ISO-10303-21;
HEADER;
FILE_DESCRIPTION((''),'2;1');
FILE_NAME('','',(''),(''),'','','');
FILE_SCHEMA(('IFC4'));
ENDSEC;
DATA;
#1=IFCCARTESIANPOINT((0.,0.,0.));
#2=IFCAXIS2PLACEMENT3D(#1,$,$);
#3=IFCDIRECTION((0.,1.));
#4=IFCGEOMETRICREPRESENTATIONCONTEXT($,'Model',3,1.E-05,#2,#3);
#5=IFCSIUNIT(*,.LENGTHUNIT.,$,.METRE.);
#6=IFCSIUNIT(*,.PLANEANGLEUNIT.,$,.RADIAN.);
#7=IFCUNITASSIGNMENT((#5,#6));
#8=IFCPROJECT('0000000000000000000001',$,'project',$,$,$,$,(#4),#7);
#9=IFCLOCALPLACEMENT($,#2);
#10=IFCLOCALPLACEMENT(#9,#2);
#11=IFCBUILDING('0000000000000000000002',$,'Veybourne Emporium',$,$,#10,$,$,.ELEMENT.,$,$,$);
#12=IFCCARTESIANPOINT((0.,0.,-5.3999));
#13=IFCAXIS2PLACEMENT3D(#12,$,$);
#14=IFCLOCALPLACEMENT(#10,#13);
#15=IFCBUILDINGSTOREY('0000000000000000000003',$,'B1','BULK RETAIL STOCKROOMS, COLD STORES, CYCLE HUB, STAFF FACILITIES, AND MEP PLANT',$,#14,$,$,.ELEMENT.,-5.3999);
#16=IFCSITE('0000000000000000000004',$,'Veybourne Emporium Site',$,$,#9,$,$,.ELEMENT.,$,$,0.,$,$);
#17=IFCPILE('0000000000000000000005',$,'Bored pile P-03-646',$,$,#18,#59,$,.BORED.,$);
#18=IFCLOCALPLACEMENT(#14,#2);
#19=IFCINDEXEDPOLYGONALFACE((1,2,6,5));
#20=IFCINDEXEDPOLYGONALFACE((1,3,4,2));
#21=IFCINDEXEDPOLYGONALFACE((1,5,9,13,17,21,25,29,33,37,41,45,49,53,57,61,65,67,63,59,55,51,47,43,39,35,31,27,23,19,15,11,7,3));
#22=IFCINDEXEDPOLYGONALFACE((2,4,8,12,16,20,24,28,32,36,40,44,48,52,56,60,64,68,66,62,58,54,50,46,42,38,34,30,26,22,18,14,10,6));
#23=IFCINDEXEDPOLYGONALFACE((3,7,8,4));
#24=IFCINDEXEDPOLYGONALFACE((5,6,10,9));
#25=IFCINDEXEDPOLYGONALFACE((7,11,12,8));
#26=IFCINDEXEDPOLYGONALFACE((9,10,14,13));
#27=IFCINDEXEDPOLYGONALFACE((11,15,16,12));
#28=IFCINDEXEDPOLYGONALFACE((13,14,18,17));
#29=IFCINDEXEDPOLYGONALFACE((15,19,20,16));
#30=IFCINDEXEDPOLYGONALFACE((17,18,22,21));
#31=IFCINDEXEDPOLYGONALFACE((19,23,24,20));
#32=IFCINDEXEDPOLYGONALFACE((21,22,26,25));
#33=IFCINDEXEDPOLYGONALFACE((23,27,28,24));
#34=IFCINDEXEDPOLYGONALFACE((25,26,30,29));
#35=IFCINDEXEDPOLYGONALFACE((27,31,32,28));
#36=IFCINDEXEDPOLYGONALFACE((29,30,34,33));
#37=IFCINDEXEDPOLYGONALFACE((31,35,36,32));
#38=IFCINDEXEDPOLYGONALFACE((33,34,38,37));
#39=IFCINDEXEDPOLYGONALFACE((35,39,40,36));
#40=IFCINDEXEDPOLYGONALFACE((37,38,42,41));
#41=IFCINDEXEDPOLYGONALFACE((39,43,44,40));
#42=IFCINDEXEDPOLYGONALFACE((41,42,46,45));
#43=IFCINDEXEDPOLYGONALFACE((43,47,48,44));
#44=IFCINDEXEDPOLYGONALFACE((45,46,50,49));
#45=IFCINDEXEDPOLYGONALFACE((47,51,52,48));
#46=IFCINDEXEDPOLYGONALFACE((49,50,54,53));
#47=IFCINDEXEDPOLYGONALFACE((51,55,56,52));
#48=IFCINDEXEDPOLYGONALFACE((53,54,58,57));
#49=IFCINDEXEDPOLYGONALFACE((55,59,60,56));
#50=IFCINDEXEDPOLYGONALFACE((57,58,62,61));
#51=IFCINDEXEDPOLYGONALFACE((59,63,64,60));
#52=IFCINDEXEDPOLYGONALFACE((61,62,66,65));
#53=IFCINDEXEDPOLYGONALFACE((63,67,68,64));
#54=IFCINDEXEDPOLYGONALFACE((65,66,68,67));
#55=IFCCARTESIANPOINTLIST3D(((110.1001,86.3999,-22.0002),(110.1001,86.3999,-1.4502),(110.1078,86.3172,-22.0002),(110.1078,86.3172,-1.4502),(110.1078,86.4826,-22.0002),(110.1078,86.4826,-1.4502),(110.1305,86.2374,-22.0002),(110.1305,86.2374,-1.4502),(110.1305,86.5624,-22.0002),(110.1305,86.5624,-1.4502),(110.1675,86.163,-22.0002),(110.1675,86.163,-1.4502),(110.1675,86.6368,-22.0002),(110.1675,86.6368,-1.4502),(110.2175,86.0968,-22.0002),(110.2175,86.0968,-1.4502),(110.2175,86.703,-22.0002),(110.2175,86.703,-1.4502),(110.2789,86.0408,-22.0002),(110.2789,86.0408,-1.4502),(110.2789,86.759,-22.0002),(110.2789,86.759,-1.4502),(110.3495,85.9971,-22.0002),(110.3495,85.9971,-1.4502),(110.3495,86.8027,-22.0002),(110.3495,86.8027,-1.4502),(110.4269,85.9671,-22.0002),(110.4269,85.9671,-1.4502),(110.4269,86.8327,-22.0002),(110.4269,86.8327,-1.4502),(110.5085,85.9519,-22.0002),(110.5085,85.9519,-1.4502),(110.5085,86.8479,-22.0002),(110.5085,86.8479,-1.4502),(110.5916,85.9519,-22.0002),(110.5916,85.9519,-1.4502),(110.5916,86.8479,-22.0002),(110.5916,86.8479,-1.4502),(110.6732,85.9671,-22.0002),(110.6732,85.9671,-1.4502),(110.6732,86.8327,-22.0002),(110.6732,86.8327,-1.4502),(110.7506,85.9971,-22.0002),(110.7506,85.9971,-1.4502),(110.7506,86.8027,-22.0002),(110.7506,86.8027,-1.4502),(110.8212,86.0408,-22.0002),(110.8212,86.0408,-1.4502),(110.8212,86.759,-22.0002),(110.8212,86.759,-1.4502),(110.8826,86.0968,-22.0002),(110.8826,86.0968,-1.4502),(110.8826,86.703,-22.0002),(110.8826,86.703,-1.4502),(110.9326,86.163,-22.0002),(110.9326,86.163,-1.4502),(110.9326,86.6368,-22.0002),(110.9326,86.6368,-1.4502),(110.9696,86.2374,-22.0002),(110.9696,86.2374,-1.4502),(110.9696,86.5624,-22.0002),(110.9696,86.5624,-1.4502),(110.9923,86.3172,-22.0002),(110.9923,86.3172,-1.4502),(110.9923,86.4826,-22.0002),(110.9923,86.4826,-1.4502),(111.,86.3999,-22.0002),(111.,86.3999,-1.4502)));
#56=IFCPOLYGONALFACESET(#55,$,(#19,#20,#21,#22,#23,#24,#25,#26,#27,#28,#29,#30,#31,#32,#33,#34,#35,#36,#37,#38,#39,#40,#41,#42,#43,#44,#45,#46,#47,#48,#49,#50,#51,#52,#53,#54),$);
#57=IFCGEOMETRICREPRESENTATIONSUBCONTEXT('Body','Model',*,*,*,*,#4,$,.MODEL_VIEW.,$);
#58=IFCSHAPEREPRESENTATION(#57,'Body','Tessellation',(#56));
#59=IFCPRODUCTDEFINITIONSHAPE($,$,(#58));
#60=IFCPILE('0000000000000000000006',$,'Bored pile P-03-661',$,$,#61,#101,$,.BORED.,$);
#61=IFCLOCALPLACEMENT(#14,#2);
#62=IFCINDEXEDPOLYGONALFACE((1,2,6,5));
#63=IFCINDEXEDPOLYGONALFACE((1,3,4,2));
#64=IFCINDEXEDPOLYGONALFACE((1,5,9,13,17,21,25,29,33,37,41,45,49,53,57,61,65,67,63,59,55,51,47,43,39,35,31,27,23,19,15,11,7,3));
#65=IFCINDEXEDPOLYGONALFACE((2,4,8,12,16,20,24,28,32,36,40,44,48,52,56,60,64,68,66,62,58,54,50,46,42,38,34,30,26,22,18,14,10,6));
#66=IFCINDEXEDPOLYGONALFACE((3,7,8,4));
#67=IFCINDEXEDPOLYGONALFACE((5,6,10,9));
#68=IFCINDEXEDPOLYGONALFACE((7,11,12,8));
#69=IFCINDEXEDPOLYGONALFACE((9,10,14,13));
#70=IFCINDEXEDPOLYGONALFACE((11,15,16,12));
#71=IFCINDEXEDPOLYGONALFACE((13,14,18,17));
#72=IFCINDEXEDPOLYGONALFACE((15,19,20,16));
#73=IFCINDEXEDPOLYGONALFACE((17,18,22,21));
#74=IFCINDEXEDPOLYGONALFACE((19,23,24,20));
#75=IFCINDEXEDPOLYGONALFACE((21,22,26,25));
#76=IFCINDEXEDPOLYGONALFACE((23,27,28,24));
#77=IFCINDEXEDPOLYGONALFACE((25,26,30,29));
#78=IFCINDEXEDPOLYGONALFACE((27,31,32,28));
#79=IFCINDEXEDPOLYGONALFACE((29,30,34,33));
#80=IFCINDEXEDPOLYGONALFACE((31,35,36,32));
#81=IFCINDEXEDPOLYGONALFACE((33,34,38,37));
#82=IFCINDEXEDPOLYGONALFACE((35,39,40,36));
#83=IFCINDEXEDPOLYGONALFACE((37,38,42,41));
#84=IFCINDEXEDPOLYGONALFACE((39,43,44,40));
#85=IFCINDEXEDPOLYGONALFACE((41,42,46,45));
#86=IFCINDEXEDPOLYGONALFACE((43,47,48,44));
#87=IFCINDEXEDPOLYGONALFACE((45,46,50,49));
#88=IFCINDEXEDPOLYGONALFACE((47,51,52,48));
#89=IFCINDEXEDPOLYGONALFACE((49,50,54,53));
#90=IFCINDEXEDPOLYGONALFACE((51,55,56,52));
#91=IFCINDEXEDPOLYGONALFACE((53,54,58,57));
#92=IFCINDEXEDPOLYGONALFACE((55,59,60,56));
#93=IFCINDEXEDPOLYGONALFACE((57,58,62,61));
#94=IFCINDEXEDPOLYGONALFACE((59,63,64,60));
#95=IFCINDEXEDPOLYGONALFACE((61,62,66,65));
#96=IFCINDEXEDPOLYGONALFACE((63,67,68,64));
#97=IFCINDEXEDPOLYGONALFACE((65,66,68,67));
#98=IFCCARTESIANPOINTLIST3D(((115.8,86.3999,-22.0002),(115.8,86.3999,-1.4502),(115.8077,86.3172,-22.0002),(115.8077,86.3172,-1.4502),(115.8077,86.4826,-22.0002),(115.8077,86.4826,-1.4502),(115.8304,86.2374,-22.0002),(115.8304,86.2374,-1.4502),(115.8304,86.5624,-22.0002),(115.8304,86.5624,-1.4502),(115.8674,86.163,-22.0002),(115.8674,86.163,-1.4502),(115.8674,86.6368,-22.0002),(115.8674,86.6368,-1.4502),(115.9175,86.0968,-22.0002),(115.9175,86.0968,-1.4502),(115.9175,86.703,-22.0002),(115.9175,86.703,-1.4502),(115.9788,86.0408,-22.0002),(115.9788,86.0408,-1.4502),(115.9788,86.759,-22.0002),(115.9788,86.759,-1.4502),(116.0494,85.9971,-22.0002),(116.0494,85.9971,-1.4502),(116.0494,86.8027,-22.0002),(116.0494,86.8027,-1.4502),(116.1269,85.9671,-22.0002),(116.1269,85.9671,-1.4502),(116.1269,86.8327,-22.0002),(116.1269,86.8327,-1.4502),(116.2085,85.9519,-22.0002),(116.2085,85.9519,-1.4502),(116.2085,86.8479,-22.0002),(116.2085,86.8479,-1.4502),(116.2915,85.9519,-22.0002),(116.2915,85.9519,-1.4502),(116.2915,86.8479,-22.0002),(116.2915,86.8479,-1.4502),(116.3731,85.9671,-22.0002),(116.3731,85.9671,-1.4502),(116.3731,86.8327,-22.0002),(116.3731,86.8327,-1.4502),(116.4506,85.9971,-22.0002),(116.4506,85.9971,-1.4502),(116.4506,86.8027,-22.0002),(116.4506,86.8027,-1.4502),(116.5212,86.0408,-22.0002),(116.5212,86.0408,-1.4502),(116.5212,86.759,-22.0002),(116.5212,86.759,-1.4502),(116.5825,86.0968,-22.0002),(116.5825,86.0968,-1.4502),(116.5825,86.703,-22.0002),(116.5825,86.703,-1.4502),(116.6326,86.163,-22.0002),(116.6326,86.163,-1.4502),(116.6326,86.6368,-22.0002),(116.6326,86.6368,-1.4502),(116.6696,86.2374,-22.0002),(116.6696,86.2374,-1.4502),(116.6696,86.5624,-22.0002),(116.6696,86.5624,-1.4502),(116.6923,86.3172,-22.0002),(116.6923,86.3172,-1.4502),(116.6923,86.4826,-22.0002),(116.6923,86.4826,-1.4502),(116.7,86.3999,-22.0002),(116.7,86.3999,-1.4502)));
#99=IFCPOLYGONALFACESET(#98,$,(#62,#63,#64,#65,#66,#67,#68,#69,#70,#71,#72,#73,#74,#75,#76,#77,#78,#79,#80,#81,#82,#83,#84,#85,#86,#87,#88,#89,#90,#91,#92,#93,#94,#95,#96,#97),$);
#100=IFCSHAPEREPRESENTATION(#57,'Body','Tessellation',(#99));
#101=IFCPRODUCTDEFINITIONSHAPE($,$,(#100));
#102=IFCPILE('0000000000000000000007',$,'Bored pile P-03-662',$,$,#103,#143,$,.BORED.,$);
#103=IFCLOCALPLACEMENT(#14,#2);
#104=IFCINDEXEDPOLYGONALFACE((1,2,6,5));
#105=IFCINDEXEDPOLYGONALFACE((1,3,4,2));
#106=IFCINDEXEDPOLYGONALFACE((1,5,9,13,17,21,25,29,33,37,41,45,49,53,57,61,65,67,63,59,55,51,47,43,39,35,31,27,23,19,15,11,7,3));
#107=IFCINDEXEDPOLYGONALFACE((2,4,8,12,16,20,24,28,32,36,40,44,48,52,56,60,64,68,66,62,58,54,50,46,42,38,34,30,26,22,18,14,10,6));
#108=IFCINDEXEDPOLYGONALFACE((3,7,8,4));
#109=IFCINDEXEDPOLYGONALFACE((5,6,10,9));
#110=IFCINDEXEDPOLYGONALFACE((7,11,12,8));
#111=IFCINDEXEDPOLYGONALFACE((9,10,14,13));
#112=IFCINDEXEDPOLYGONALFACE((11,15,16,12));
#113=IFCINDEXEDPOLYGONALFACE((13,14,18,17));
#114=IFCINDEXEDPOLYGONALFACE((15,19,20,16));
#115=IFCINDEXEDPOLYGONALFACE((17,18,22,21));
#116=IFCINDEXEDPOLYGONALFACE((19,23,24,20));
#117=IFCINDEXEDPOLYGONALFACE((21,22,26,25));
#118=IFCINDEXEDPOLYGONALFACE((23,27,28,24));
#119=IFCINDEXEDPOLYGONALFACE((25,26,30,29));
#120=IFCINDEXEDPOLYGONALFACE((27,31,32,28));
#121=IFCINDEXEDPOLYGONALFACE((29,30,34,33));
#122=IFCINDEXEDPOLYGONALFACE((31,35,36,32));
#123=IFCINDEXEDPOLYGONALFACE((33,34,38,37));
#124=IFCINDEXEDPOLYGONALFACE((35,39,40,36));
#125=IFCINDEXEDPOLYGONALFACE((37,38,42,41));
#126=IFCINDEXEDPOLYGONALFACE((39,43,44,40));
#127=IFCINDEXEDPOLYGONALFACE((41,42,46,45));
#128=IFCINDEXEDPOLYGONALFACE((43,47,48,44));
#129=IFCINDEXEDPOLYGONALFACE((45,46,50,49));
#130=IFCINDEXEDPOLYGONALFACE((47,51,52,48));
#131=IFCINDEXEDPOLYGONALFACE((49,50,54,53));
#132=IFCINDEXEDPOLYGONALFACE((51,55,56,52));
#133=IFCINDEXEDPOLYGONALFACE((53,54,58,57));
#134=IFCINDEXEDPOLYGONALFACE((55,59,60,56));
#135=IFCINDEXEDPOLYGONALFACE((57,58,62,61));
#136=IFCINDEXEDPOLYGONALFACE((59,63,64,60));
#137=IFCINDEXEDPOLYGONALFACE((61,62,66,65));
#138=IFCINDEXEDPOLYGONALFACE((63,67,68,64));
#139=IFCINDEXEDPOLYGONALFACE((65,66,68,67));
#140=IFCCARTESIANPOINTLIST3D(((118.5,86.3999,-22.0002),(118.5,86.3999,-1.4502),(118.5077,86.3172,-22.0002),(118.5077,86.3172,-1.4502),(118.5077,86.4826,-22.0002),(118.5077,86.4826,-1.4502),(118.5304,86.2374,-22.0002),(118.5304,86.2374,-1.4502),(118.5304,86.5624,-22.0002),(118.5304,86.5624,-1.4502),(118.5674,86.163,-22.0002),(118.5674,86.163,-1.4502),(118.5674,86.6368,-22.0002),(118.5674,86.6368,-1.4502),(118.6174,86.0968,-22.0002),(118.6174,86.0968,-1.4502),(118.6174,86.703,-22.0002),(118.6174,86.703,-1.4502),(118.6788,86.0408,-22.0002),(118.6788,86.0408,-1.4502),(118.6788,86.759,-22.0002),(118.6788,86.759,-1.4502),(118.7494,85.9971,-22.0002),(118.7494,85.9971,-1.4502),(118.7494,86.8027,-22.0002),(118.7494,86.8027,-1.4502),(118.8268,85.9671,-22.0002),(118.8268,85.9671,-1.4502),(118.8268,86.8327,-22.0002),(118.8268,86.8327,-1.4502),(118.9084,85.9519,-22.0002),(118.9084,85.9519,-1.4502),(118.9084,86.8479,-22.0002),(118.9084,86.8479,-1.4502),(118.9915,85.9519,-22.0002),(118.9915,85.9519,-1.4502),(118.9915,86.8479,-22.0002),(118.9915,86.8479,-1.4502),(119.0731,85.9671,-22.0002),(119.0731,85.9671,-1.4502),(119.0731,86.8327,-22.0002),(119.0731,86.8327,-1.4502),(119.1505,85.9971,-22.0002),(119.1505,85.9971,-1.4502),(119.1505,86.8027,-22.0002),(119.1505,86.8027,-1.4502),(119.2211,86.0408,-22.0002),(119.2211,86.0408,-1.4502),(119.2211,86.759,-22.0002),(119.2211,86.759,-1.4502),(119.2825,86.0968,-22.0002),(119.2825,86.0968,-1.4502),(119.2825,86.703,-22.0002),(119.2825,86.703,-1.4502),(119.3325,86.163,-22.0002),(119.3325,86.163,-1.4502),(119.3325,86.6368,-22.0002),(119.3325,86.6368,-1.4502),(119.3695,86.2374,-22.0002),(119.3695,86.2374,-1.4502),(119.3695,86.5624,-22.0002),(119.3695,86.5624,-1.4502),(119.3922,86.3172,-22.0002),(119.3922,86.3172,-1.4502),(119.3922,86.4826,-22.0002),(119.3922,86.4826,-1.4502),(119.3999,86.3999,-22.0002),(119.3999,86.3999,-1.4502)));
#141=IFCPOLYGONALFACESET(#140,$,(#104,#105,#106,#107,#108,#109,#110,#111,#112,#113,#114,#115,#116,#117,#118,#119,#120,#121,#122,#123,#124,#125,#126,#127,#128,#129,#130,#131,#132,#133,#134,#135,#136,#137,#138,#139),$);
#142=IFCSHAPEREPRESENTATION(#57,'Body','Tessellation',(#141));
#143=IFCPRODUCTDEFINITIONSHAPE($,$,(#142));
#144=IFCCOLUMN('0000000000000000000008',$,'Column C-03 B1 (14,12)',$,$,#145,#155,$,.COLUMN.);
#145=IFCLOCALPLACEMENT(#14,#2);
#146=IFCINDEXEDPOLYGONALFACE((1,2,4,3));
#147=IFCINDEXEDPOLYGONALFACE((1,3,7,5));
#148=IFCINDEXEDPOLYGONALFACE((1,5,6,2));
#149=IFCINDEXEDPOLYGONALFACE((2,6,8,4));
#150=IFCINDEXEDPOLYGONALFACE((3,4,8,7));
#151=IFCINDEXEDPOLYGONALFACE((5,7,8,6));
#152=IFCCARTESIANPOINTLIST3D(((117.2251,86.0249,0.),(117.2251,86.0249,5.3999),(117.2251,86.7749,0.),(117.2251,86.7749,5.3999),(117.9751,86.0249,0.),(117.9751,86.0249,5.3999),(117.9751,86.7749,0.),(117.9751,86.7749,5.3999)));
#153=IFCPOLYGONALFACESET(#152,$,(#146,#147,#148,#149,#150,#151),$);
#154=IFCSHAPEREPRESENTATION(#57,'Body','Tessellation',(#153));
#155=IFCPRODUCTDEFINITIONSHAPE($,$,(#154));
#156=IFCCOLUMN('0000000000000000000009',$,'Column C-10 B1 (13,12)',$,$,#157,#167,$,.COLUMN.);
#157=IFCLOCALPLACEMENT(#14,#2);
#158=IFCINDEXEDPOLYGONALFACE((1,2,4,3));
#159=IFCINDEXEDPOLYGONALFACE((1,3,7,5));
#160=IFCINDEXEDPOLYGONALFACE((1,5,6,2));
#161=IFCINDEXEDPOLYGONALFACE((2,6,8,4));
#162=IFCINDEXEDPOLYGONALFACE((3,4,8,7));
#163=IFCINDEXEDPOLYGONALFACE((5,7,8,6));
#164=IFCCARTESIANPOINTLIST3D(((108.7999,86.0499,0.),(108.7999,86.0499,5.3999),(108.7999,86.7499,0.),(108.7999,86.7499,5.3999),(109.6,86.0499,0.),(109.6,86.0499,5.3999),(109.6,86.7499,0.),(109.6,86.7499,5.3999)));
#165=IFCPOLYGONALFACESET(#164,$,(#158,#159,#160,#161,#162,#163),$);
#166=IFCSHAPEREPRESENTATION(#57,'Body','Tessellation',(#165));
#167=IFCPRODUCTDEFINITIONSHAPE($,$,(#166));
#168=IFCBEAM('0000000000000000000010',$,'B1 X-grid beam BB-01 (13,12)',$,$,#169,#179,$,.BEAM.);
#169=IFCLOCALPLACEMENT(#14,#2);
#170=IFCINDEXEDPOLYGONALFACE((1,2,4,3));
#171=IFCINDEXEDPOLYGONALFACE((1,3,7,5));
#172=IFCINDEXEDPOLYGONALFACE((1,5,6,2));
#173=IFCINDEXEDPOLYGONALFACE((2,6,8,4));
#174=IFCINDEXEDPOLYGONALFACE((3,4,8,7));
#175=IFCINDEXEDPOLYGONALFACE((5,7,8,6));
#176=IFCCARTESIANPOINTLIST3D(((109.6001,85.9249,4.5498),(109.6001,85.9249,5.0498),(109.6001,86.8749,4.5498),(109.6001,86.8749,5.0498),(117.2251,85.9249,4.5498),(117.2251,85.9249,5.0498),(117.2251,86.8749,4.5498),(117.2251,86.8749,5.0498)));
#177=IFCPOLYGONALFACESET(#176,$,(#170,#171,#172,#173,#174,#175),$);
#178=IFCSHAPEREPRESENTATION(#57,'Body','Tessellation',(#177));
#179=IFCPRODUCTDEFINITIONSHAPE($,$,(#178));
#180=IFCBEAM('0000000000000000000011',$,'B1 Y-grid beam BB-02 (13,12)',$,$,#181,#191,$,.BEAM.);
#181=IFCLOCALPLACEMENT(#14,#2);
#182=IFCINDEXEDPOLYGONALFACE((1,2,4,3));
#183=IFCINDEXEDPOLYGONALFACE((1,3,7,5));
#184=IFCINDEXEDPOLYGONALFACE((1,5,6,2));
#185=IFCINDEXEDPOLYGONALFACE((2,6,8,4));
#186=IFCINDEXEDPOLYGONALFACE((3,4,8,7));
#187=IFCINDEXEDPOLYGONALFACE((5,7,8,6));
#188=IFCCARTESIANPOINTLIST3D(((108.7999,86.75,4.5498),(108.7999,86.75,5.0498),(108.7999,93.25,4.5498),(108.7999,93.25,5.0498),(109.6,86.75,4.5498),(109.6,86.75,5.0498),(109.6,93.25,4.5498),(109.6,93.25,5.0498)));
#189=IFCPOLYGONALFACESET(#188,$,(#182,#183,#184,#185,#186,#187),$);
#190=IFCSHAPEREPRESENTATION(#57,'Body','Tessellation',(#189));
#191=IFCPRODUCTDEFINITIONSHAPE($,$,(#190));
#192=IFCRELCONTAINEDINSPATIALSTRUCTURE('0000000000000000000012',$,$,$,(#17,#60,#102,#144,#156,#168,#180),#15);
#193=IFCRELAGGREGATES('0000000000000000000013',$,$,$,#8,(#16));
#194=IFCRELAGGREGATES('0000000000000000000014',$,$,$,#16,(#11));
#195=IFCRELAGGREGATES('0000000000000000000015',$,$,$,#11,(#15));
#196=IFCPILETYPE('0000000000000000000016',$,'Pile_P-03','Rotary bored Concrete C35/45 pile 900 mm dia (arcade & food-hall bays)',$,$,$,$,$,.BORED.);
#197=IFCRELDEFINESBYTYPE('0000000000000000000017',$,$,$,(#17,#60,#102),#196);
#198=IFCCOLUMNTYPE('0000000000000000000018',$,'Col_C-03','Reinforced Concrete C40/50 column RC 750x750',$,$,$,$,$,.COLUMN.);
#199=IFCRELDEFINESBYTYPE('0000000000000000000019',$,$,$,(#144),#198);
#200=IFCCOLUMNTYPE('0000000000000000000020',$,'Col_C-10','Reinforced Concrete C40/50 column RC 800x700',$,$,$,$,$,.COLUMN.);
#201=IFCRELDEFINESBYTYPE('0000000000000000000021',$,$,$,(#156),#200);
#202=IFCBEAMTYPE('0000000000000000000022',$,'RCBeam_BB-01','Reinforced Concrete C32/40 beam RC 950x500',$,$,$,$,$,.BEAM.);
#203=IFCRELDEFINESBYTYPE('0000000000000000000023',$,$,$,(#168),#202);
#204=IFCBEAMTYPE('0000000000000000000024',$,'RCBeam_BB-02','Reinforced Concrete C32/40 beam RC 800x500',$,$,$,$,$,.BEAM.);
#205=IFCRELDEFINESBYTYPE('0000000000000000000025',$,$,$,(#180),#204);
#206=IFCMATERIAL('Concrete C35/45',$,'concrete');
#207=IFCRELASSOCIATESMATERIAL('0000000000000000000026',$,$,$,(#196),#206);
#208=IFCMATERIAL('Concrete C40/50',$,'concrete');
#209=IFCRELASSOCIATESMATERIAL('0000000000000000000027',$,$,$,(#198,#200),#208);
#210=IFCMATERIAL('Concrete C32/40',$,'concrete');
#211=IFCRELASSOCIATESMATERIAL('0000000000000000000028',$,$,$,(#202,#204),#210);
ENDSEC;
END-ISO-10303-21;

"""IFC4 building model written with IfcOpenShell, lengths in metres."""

from ifc_helpers import new_model, si_unit, direction, frame, origin, origin_2d, place, context, subcontext, project, spatial, rectangle, circle, extrude, material, material_profile, profile_set, type_object, element, save


model = new_model("IFC4")

# Units and contexts
model_context = context("Model", 3, precision=1e-05, world=origin(), true_north=direction((0.0, 1.0)))
body_context = subcontext(model_context, "Body", "Model", "MODEL_VIEW")
ifc_project = project(units=[si_unit("LENGTHUNIT", "METRE"), si_unit("PLANEANGLEUNIT", "RADIAN")], contexts=[model_context])

# Site, building, storey
site_placement = place(None, origin())
site = spatial("IfcSite", under=ifc_project, at=site_placement, Name="Veybourne Emporium Site", CompositionType="ELEMENT", RefElevation=0.0)
building_placement = place(site_placement, origin())
building = spatial("IfcBuilding", under=site, at=building_placement, Name="Veybourne Emporium", CompositionType="ELEMENT")
storey_placement = place(building_placement, frame((0.0, 0.0, -5.3999)))
storey = spatial("IfcBuildingStorey", under=building, at=storey_placement, Name="B1", Description="BULK RETAIL STOCKROOMS, COLD STORES, CYCLE HUB, STAFF FACILITIES, AND MEP PLANT", CompositionType="ELEMENT", Elevation=-5.3999)

# Shared definitions
ifc_material_1 = material(Name="Concrete C35/45", Category="concrete")

# Piles
ifc_material_profile_1 = material_profile(ifc_material_1, circle(Radius=0.45, at=origin_2d()), Name="BORED PILE 900")
ifc_profile_set_1 = profile_set([ifc_material_profile_1], Name="Concrete C35/45")
pile_type = type_object("IfcPileType", Name="Pile_P-03", Description="Rotary bored Concrete C35/45 pile 900 mm dia (arcade & food-hall bays)", PredefinedType="BORED", material=ifc_profile_set_1)
for number, where, z_axis, x_axis, name in (
    (1, (110.55, 86.3999, -1.4502), (0.0, 0.0, -1.0), (1.0, 0.0, 0.0), "Bored pile P-03-646"),
    (2, (116.25, 86.3999, -1.4502), (0.0, 0.0, -1.0), (1.0, 0.0, 0.0), "Bored pile P-03-661"),
    (3, (118.95, 86.3999, -1.4502), (0.0, 0.0, -1.0), (1.0, 0.0, 0.0), "Bored pile P-03-662"),
):
    element("IfcPile", number, at=place(storey_placement, frame(where, z_axis=z_axis, x_axis=x_axis)), inside=storey, type_object=pile_type, Name=name, PredefinedType="BORED", context=body_context, shape_type="SweptSolid", body=[
        extrude(circle(Radius=0.45, at=origin_2d()), origin(), (0.0, 0.0, 1.0), 20.55),
    ])

# Columns
ifc_material_2 = material(Name="Concrete C40/50", Category="concrete")
ifc_material_profile_2 = material_profile(ifc_material_2, rectangle(XDim=0.75, YDim=0.75, at=origin_2d()), Name="RC 750x750")
ifc_profile_set_2 = profile_set([ifc_material_profile_2], Name="Concrete C40/50")
column_type_1 = type_object("IfcColumnType", Name="Col_C-03", Description="Reinforced Concrete C40/50 column RC 750x750", PredefinedType="COLUMN", material=ifc_profile_set_2)
column_1_placement = place(storey_placement, frame((117.6001, 86.3999, 0.0), z_axis=(0.0, 0.0, 1.0), x_axis=(1.0, 0.0, 0.0)))
element("IfcColumn", 4, at=column_1_placement, inside=storey, type_object=column_type_1, Name="Column C-03 B1 (14,12)", PredefinedType="COLUMN", context=body_context, shape_type="SweptSolid", body=[
    extrude(rectangle(XDim=0.75, YDim=0.75, at=origin_2d()), origin(), (0.0, 0.0, 1.0), 5.3999),
])
ifc_material_profile_3 = material_profile(ifc_material_2, rectangle(XDim=0.8, YDim=0.7, at=origin_2d()), Name="RC 800x700")
ifc_profile_set_3 = profile_set([ifc_material_profile_3], Name="Concrete C40/50")
column_type_2 = type_object("IfcColumnType", Name="Col_C-10", Description="Reinforced Concrete C40/50 column RC 800x700", PredefinedType="COLUMN", material=ifc_profile_set_3)
column_2_placement = place(storey_placement, frame((109.2, 86.3999, 0.0), z_axis=(0.0, 0.0, 1.0), x_axis=(1.0, 0.0, 0.0)))
element("IfcColumn", 5, at=column_2_placement, inside=storey, type_object=column_type_2, Name="Column C-10 B1 (13,12)", PredefinedType="COLUMN", context=body_context, shape_type="SweptSolid", body=[
    extrude(rectangle(XDim=0.8, YDim=0.7, at=origin_2d()), origin(), (0.0, 0.0, 1.0), 5.3999),
])

# Beams
ifc_material_3 = material(Name="Concrete C32/40", Category="concrete")
ifc_material_profile_4 = material_profile(ifc_material_3, rectangle(XDim=0.95, YDim=0.5, at=origin_2d()), Name="RC 950x500")
ifc_profile_set_4 = profile_set([ifc_material_profile_4], Name="Concrete C32/40")
beam_type_1 = type_object("IfcBeamType", Name="RCBeam_BB-01", Description="Reinforced Concrete C32/40 beam RC 950x500", PredefinedType="BEAM", material=ifc_profile_set_4)
beam_1_placement = place(storey_placement, frame((109.6001, 86.3999, 4.7998), z_axis=(1.0, 0.0, 0.0), x_axis=(0.0, 1.0, 0.0)))
element("IfcBeam", 6, at=beam_1_placement, inside=storey, type_object=beam_type_1, Name="B1 X-grid beam BB-01 (13,12)", PredefinedType="BEAM", context=body_context, shape_type="SweptSolid", body=[
    extrude(rectangle(XDim=0.95, YDim=0.5, at=origin_2d()), origin(), (0.0, 0.0, 1.0), 7.625),
])
ifc_material_profile_5 = material_profile(ifc_material_3, rectangle(XDim=0.8, YDim=0.5, at=origin_2d()), Name="RC 800x500")
ifc_profile_set_5 = profile_set([ifc_material_profile_5], Name="Concrete C32/40")
beam_type_2 = type_object("IfcBeamType", Name="RCBeam_BB-02", Description="Reinforced Concrete C32/40 beam RC 800x500", PredefinedType="BEAM", material=ifc_profile_set_5)
beam_2_placement = place(storey_placement, frame((109.2, 86.75, 4.7998), z_axis=(0.0, 1.0, 0.0), x_axis=(-1.0, 0.0, 0.0)))
element("IfcBeam", 7, at=beam_2_placement, inside=storey, type_object=beam_type_2, Name="B1 Y-grid beam BB-02 (13,12)", PredefinedType="BEAM", context=body_context, shape_type="SweptSolid", body=[
    extrude(rectangle(XDim=0.8, YDim=0.5, at=origin_2d()), origin(), (0.0, 0.0, 1.0), 6.5),
])

save(model, "model.ifc")
